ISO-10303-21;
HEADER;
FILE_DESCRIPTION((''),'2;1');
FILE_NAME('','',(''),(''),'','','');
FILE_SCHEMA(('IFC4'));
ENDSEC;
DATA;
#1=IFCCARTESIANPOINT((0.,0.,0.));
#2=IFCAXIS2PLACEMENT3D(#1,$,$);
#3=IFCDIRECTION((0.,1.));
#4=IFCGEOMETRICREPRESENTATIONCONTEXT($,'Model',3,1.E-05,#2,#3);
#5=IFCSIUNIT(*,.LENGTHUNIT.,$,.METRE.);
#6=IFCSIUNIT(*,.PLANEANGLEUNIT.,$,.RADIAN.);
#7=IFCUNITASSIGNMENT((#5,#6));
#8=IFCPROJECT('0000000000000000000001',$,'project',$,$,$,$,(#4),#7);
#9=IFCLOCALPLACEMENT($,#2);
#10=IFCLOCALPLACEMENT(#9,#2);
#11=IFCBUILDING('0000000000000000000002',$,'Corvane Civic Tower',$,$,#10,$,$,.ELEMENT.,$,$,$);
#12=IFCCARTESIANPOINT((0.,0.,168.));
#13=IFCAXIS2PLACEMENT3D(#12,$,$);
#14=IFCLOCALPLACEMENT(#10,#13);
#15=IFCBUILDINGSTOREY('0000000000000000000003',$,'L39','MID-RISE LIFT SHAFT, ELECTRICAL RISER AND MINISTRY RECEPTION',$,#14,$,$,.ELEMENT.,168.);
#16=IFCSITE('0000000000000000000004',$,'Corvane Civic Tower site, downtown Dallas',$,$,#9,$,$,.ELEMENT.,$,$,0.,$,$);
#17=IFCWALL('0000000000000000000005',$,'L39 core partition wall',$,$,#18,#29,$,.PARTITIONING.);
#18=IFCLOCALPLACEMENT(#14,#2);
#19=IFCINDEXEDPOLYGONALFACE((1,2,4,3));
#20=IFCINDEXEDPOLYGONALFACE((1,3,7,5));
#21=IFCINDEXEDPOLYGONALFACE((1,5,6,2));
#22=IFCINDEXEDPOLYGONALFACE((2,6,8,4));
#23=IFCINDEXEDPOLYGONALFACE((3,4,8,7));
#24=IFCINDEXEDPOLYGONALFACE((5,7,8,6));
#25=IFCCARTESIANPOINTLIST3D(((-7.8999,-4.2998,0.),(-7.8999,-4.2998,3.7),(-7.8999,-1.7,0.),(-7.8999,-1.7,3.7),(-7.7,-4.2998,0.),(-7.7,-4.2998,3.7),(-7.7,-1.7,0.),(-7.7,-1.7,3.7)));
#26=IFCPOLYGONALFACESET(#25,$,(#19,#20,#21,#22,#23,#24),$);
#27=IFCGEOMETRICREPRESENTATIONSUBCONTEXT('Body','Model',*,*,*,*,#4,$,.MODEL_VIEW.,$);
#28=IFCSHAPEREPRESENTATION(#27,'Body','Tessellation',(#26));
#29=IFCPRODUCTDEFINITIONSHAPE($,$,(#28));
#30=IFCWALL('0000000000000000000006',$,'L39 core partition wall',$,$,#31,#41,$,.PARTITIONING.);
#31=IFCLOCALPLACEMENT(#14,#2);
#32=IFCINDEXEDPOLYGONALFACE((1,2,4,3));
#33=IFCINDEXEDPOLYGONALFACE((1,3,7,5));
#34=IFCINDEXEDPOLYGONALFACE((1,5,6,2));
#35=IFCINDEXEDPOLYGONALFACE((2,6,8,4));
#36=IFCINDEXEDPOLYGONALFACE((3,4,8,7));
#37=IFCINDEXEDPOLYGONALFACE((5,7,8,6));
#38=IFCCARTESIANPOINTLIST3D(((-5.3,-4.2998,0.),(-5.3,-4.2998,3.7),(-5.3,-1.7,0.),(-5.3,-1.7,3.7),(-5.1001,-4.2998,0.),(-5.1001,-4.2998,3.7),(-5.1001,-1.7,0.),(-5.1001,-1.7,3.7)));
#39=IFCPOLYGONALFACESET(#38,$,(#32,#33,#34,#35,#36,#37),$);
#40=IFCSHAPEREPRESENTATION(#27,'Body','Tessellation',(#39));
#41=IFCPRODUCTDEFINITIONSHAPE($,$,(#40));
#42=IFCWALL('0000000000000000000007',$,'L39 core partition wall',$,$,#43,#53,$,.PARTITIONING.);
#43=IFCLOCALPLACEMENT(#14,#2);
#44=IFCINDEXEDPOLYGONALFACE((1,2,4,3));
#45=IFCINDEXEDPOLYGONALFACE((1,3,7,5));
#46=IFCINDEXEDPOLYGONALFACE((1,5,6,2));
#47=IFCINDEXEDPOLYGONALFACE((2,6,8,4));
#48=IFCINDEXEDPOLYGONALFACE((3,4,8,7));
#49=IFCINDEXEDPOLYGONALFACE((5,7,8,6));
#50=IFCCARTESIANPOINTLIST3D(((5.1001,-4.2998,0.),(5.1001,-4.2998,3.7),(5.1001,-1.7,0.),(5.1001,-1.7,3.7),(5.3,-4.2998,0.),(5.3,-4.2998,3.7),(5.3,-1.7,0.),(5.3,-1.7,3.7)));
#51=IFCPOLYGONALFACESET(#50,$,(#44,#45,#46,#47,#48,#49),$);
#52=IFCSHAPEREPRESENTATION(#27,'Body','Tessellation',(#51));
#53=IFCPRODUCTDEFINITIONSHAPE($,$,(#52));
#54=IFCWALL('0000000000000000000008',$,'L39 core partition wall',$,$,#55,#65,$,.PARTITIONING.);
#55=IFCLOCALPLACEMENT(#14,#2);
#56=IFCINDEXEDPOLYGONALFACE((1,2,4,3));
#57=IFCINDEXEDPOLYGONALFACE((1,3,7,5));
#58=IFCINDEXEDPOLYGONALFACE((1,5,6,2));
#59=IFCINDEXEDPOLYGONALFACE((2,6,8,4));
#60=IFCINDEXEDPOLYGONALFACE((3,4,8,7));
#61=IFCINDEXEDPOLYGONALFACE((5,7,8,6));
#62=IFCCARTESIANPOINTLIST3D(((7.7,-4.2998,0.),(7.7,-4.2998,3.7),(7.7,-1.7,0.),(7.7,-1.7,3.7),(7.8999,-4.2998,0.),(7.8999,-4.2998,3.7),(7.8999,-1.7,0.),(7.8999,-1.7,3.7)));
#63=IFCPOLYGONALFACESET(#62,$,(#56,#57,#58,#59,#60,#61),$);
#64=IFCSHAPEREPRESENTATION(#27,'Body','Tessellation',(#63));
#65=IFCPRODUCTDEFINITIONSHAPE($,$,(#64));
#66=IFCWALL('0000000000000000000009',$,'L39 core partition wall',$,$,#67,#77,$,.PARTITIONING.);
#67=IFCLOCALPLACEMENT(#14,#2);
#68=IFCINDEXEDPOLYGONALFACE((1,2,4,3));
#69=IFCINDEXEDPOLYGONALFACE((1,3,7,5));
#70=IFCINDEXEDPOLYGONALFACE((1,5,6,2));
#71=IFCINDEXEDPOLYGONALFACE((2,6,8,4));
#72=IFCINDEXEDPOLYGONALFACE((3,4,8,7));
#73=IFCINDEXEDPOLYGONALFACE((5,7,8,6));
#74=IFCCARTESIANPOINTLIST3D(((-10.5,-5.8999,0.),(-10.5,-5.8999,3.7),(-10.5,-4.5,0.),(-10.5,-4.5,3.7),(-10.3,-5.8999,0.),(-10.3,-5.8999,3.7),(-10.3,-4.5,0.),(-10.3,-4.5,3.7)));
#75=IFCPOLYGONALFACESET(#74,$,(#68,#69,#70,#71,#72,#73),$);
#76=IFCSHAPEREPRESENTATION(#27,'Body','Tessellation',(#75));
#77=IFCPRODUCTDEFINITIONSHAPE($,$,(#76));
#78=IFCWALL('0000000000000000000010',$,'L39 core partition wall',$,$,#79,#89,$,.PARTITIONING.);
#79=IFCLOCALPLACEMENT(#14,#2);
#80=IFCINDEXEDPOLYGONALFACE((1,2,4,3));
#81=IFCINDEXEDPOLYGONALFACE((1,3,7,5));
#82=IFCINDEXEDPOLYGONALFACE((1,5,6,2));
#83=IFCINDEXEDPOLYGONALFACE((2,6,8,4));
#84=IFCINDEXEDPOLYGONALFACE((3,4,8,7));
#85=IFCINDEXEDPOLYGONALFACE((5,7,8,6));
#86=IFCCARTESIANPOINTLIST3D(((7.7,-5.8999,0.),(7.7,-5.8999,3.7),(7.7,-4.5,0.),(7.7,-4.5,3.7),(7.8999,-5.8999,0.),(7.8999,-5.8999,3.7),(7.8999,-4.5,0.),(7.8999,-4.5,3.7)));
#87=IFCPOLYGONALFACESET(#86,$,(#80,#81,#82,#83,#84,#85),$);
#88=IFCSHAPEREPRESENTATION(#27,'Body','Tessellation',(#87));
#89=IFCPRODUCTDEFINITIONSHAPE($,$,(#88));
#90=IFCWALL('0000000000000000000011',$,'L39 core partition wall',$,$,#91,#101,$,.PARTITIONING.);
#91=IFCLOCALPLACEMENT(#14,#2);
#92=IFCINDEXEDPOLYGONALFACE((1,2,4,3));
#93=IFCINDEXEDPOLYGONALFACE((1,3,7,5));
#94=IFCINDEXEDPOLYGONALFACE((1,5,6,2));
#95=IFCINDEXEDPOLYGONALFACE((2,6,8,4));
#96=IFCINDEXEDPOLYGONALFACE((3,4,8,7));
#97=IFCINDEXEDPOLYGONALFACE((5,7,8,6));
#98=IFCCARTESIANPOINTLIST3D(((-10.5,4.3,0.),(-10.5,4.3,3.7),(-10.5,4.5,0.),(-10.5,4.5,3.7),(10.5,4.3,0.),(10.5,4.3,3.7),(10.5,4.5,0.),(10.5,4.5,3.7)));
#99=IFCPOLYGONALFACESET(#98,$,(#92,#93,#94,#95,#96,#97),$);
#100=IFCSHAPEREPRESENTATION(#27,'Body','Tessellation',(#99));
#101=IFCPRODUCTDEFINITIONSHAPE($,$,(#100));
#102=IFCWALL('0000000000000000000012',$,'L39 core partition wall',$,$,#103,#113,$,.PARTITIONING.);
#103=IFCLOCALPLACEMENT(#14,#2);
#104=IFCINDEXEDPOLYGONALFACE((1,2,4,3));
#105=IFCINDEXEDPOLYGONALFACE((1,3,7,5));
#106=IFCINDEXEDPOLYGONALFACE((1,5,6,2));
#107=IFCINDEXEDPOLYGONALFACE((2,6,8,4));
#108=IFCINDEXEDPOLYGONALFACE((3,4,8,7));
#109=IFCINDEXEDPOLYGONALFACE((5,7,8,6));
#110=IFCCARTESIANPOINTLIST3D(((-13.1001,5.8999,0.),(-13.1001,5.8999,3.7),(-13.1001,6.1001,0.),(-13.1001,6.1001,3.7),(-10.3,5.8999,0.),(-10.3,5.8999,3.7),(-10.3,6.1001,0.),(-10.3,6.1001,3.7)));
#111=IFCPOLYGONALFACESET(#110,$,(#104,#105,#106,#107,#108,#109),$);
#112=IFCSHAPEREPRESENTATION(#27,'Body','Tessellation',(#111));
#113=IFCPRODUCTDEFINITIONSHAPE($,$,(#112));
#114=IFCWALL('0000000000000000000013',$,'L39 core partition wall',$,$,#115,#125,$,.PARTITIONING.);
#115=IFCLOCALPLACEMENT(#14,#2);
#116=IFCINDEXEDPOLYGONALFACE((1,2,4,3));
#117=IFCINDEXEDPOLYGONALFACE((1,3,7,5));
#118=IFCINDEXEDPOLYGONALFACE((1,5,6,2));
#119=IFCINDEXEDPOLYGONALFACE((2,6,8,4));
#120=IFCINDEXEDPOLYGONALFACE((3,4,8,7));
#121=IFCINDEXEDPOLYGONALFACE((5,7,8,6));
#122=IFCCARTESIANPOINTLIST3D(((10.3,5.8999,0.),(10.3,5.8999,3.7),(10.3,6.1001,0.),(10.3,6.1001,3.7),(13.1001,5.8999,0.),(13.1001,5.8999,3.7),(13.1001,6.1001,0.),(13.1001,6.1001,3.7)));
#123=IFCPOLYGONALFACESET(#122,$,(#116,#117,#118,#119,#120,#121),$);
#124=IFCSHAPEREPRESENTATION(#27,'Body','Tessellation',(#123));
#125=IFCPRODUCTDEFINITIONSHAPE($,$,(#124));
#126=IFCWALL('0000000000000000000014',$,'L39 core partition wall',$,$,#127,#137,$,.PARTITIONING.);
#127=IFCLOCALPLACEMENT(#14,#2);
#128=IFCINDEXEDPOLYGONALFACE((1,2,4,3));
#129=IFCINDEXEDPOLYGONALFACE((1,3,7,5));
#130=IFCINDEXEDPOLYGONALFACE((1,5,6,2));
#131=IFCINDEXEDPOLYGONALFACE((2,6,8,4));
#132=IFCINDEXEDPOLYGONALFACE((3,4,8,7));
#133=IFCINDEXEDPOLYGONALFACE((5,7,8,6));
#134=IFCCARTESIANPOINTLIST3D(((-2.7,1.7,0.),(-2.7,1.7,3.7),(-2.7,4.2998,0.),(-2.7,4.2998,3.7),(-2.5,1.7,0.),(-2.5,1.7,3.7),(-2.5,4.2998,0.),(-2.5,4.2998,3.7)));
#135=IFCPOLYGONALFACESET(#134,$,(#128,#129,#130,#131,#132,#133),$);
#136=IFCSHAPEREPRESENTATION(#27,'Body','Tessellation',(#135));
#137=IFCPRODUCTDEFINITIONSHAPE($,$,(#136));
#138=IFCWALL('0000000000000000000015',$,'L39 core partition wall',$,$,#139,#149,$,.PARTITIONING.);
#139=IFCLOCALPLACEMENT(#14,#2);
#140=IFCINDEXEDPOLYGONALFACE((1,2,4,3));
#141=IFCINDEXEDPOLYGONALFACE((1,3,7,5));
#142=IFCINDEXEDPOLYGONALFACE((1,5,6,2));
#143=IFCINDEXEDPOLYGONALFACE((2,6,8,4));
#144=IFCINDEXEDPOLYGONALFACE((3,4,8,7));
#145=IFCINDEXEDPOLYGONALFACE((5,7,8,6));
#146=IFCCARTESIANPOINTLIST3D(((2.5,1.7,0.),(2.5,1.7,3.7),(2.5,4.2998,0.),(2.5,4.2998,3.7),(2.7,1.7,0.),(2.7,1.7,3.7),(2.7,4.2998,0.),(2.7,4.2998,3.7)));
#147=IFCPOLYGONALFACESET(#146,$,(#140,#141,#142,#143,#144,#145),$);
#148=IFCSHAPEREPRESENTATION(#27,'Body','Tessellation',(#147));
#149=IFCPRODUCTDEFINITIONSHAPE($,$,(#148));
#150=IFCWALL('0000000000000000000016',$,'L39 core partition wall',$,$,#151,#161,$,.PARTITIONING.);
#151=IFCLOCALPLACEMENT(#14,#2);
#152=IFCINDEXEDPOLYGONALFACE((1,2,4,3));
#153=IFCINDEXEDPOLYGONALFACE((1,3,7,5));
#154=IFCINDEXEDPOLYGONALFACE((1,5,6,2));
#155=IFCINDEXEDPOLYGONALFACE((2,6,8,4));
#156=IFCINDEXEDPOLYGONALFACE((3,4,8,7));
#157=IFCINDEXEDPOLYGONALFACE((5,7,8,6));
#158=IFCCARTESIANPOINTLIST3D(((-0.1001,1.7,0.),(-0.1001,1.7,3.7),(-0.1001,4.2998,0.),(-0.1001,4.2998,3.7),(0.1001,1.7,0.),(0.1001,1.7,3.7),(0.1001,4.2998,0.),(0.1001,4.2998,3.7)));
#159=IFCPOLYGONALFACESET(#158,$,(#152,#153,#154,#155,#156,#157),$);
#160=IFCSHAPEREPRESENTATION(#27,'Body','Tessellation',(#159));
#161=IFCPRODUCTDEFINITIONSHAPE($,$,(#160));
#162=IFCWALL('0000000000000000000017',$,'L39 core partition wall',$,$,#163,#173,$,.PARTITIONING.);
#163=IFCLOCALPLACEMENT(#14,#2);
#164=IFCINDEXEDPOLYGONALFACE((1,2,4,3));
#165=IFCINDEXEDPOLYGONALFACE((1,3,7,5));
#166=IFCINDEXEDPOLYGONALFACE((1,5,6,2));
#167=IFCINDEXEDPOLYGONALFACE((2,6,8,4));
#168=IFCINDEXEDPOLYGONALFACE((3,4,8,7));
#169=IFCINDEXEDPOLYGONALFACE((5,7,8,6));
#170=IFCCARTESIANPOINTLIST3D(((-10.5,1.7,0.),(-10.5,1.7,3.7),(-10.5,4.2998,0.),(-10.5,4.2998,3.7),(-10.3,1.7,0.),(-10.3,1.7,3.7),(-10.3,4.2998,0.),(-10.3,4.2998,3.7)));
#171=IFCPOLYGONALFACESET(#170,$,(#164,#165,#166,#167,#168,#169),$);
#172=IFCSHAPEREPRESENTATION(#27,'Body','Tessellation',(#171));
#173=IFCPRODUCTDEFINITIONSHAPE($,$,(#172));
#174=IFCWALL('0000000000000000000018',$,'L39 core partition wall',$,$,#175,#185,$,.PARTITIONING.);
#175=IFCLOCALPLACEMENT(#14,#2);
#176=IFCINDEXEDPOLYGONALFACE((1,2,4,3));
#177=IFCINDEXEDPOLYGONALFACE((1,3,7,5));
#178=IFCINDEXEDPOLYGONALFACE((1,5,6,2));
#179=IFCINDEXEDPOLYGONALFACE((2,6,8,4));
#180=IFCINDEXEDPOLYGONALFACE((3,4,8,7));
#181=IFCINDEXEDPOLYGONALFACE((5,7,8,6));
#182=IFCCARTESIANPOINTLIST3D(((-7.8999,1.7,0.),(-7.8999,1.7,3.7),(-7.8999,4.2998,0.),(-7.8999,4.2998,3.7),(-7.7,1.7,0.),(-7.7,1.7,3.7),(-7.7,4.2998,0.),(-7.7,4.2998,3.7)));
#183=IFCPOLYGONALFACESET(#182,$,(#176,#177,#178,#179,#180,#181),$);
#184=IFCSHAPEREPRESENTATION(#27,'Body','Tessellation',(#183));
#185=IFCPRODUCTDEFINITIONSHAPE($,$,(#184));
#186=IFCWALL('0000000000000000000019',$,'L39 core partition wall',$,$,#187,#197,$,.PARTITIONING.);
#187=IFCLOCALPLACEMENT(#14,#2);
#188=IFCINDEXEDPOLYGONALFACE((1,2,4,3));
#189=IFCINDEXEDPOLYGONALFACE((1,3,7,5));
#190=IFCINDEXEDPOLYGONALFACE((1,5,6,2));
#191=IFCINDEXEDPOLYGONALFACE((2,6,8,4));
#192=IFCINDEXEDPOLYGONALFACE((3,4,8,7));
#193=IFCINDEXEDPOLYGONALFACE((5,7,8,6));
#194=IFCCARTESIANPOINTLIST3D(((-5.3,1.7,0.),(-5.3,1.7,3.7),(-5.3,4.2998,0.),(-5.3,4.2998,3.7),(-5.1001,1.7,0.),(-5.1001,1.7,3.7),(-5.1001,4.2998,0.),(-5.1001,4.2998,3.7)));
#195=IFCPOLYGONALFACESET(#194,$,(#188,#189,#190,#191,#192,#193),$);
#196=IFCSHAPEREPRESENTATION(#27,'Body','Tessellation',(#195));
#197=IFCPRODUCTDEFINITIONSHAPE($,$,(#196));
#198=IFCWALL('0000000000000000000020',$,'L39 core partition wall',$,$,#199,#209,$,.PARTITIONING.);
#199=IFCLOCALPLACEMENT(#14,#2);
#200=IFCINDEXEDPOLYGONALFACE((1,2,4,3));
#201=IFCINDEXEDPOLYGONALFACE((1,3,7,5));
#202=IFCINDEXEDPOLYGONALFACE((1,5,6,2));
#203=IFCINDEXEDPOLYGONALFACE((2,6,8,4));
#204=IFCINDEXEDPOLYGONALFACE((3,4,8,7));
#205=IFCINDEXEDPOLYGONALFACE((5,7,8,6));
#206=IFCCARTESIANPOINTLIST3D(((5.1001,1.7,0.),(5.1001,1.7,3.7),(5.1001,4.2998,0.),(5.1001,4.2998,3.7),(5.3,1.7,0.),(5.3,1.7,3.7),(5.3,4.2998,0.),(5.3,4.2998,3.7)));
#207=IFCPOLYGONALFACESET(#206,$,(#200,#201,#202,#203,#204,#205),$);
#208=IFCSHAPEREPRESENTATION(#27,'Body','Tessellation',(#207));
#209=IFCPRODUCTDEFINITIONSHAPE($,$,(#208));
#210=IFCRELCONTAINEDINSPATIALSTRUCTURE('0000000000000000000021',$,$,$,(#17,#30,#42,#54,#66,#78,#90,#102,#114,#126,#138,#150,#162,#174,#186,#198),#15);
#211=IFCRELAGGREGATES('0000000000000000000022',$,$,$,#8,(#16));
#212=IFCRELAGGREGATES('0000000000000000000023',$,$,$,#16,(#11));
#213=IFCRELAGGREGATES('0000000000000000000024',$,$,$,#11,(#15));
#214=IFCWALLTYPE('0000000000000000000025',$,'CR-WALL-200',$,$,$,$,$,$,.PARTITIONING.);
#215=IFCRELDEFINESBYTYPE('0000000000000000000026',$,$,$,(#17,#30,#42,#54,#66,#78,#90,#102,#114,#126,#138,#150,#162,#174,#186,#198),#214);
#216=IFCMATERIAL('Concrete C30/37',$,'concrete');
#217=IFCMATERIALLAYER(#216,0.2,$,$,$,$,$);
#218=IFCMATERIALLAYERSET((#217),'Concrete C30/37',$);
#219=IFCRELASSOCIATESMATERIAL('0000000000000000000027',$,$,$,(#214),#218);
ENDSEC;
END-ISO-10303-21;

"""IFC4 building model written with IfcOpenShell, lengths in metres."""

from ifc_helpers import new_model, si_unit, direction, frame, origin, place, context, subcontext, project, spatial, polyline, outline, extrude, material, layer, layer_set, type_object, element, save


model = new_model("IFC4")

# Units and contexts
model_context = context("Model", 3, precision=1e-05, world=origin(), true_north=direction((0.0, 1.0)))
body_context = subcontext(model_context, "Body", "Model", "MODEL_VIEW")
ifc_project = project(units=[si_unit("LENGTHUNIT", "METRE"), si_unit("PLANEANGLEUNIT", "RADIAN")], contexts=[model_context])

# Site, building, storey
site_placement = place(None, origin())
site = spatial("IfcSite", under=ifc_project, at=site_placement, Name="Corvane Civic Tower site, downtown Dallas", CompositionType="ELEMENT", RefElevation=0.0)
building_placement = place(site_placement, origin())
building = spatial("IfcBuilding", under=site, at=building_placement, Name="Corvane Civic Tower", CompositionType="ELEMENT")
storey_placement = place(building_placement, frame((0.0, 0.0, 168.0)))
storey = spatial("IfcBuildingStorey", under=building, at=storey_placement, Name="L39", Description="MID-RISE LIFT SHAFT, ELECTRICAL RISER AND MINISTRY RECEPTION", CompositionType="ELEMENT", Elevation=168.0)

# Walls
ifc_material = material(Name="Concrete C30/37", Category="concrete")
ifc_layer = layer(ifc_material, 0.2)
ifc_layer_set = layer_set([ifc_layer], Name="Concrete C30/37")
wall_type = type_object("IfcWallType", Name="CR-WALL-200", PredefinedType="PARTITIONING", material=ifc_layer_set)
wall_1_placement = place(storey_placement, origin())
element("IfcWall", 1, at=wall_1_placement, inside=storey, type_object=wall_type, Name="L39 core partition wall", PredefinedType="PARTITIONING", context=body_context, shape_type="SweptSolid", body=[
    extrude(outline(polyline([(-7.7, -1.7), (-7.7, -4.2998), (-7.8999, -4.2998), (-7.8999, -1.7), (-7.7, -1.7)])), origin(), (0.0, 0.0, 1.0), 3.7),
])
wall_2_placement = place(storey_placement, origin())
element("IfcWall", 2, at=wall_2_placement, inside=storey, type_object=wall_type, Name="L39 core partition wall", PredefinedType="PARTITIONING", context=body_context, shape_type="SweptSolid", body=[
    extrude(outline(polyline([(-5.1001, -1.7), (-5.1001, -4.2998), (-5.3, -4.2998), (-5.3, -1.7), (-5.1001, -1.7)])), origin(), (0.0, 0.0, 1.0), 3.7),
])
wall_3_placement = place(storey_placement, origin())
element("IfcWall", 3, at=wall_3_placement, inside=storey, type_object=wall_type, Name="L39 core partition wall", PredefinedType="PARTITIONING", context=body_context, shape_type="SweptSolid", body=[
    extrude(outline(polyline([(5.3, -1.7), (5.3, -4.2998), (5.1001, -4.2998), (5.1001, -1.7), (5.3, -1.7)])), origin(), (0.0, 0.0, 1.0), 3.7),
])
wall_4_placement = place(storey_placement, origin())
element("IfcWall", 4, at=wall_4_placement, inside=storey, type_object=wall_type, Name="L39 core partition wall", PredefinedType="PARTITIONING", context=body_context, shape_type="SweptSolid", body=[
    extrude(outline(polyline([(7.8999, -1.7), (7.8999, -4.2998), (7.7, -4.2998), (7.7, -1.7), (7.8999, -1.7)])), origin(), (0.0, 0.0, 1.0), 3.7),
])
wall_5_placement = place(storey_placement, origin())
element("IfcWall", 5, at=wall_5_placement, inside=storey, type_object=wall_type, Name="L39 core partition wall", PredefinedType="PARTITIONING", context=body_context, shape_type="SweptSolid", body=[
    extrude(outline(polyline([(-10.3, -5.8999), (-10.5, -5.8999), (-10.5, -4.5), (-10.3, -4.5), (-10.3, -5.8999)])), origin(), (0.0, 0.0, 1.0), 3.7),
])
wall_6_placement = place(storey_placement, origin())
element("IfcWall", 6, at=wall_6_placement, inside=storey, type_object=wall_type, Name="L39 core partition wall", PredefinedType="PARTITIONING", context=body_context, shape_type="SweptSolid", body=[
    extrude(outline(polyline([(7.8999, -5.8999), (7.7, -5.8999), (7.7, -4.5), (7.8999, -4.5), (7.8999, -5.8999)])), origin(), (0.0, 0.0, 1.0), 3.7),
])
wall_7_placement = place(storey_placement, origin())
element("IfcWall", 7, at=wall_7_placement, inside=storey, type_object=wall_type, Name="L39 core partition wall", PredefinedType="PARTITIONING", context=body_context, shape_type="SweptSolid", body=[
    extrude(outline(polyline([(10.5, 4.5), (10.5, 4.3), (-10.5, 4.3), (-10.5, 4.5), (10.5, 4.5)])), origin(), (0.0, 0.0, 1.0), 3.7),
])
wall_8_placement = place(storey_placement, origin())
element("IfcWall", 8, at=wall_8_placement, inside=storey, type_object=wall_type, Name="L39 core partition wall", PredefinedType="PARTITIONING", context=body_context, shape_type="SweptSolid", body=[
    extrude(outline(polyline([(-10.3, 5.8999), (-13.1001, 5.8999), (-13.1001, 6.1001), (-10.3, 6.1001), (-10.3, 5.8999)])), origin(), (0.0, 0.0, 1.0), 3.7),
])
wall_9_placement = place(storey_placement, origin())
element("IfcWall", 9, at=wall_9_placement, inside=storey, type_object=wall_type, Name="L39 core partition wall", PredefinedType="PARTITIONING", context=body_context, shape_type="SweptSolid", body=[
    extrude(outline(polyline([(13.1001, 5.8999), (10.3, 5.8999), (10.3, 6.1001), (13.1001, 6.1001), (13.1001, 5.8999)])), origin(), (0.0, 0.0, 1.0), 3.7),
])
wall_10_placement = place(storey_placement, origin())
element("IfcWall", 10, at=wall_10_placement, inside=storey, type_object=wall_type, Name="L39 core partition wall", PredefinedType="PARTITIONING", context=body_context, shape_type="SweptSolid", body=[
    extrude(outline(polyline([(-2.5, 1.7), (-2.7, 1.7), (-2.7, 4.2998), (-2.5, 4.2998), (-2.5, 1.7)])), origin(), (0.0, 0.0, 1.0), 3.7),
])
wall_11_placement = place(storey_placement, origin())
element("IfcWall", 11, at=wall_11_placement, inside=storey, type_object=wall_type, Name="L39 core partition wall", PredefinedType="PARTITIONING", context=body_context, shape_type="SweptSolid", body=[
    extrude(outline(polyline([(2.7, 1.7), (2.5, 1.7), (2.5, 4.2998), (2.7, 4.2998), (2.7, 1.7)])), origin(), (0.0, 0.0, 1.0), 3.7),
])
wall_12_placement = place(storey_placement, origin())
element("IfcWall", 12, at=wall_12_placement, inside=storey, type_object=wall_type, Name="L39 core partition wall", PredefinedType="PARTITIONING", context=body_context, shape_type="SweptSolid", body=[
    extrude(outline(polyline([(0.1001, 1.7), (-0.1001, 1.7), (-0.1001, 4.2998), (0.1001, 4.2998), (0.1001, 1.7)])), origin(), (0.0, 0.0, 1.0), 3.7),
])
wall_13_placement = place(storey_placement, origin())
element("IfcWall", 13, at=wall_13_placement, inside=storey, type_object=wall_type, Name="L39 core partition wall", PredefinedType="PARTITIONING", context=body_context, shape_type="SweptSolid", body=[
    extrude(outline(polyline([(-10.3, 1.7), (-10.5, 1.7), (-10.5, 4.2998), (-10.3, 4.2998), (-10.3, 1.7)])), origin(), (0.0, 0.0, 1.0), 3.7),
])
wall_14_placement = place(storey_placement, origin())
element("IfcWall", 14, at=wall_14_placement, inside=storey, type_object=wall_type, Name="L39 core partition wall", PredefinedType="PARTITIONING", context=body_context, shape_type="SweptSolid", body=[
    extrude(outline(polyline([(-7.7, 1.7), (-7.8999, 1.7), (-7.8999, 4.2998), (-7.7, 4.2998), (-7.7, 1.7)])), origin(), (0.0, 0.0, 1.0), 3.7),
])
wall_15_placement = place(storey_placement, origin())
element("IfcWall", 15, at=wall_15_placement, inside=storey, type_object=wall_type, Name="L39 core partition wall", PredefinedType="PARTITIONING", context=body_context, shape_type="SweptSolid", body=[
    extrude(outline(polyline([(-5.1001, 1.7), (-5.3, 1.7), (-5.3, 4.2998), (-5.1001, 4.2998), (-5.1001, 1.7)])), origin(), (0.0, 0.0, 1.0), 3.7),
])
wall_16_placement = place(storey_placement, origin())
element("IfcWall", 16, at=wall_16_placement, inside=storey, type_object=wall_type, Name="L39 core partition wall", PredefinedType="PARTITIONING", context=body_context, shape_type="SweptSolid", body=[
    extrude(outline(polyline([(5.3, 1.7), (5.1001, 1.7), (5.1001, 4.2998), (5.3, 4.2998), (5.3, 1.7)])), origin(), (0.0, 0.0, 1.0), 3.7),
])

save(model, "model.ifc")
